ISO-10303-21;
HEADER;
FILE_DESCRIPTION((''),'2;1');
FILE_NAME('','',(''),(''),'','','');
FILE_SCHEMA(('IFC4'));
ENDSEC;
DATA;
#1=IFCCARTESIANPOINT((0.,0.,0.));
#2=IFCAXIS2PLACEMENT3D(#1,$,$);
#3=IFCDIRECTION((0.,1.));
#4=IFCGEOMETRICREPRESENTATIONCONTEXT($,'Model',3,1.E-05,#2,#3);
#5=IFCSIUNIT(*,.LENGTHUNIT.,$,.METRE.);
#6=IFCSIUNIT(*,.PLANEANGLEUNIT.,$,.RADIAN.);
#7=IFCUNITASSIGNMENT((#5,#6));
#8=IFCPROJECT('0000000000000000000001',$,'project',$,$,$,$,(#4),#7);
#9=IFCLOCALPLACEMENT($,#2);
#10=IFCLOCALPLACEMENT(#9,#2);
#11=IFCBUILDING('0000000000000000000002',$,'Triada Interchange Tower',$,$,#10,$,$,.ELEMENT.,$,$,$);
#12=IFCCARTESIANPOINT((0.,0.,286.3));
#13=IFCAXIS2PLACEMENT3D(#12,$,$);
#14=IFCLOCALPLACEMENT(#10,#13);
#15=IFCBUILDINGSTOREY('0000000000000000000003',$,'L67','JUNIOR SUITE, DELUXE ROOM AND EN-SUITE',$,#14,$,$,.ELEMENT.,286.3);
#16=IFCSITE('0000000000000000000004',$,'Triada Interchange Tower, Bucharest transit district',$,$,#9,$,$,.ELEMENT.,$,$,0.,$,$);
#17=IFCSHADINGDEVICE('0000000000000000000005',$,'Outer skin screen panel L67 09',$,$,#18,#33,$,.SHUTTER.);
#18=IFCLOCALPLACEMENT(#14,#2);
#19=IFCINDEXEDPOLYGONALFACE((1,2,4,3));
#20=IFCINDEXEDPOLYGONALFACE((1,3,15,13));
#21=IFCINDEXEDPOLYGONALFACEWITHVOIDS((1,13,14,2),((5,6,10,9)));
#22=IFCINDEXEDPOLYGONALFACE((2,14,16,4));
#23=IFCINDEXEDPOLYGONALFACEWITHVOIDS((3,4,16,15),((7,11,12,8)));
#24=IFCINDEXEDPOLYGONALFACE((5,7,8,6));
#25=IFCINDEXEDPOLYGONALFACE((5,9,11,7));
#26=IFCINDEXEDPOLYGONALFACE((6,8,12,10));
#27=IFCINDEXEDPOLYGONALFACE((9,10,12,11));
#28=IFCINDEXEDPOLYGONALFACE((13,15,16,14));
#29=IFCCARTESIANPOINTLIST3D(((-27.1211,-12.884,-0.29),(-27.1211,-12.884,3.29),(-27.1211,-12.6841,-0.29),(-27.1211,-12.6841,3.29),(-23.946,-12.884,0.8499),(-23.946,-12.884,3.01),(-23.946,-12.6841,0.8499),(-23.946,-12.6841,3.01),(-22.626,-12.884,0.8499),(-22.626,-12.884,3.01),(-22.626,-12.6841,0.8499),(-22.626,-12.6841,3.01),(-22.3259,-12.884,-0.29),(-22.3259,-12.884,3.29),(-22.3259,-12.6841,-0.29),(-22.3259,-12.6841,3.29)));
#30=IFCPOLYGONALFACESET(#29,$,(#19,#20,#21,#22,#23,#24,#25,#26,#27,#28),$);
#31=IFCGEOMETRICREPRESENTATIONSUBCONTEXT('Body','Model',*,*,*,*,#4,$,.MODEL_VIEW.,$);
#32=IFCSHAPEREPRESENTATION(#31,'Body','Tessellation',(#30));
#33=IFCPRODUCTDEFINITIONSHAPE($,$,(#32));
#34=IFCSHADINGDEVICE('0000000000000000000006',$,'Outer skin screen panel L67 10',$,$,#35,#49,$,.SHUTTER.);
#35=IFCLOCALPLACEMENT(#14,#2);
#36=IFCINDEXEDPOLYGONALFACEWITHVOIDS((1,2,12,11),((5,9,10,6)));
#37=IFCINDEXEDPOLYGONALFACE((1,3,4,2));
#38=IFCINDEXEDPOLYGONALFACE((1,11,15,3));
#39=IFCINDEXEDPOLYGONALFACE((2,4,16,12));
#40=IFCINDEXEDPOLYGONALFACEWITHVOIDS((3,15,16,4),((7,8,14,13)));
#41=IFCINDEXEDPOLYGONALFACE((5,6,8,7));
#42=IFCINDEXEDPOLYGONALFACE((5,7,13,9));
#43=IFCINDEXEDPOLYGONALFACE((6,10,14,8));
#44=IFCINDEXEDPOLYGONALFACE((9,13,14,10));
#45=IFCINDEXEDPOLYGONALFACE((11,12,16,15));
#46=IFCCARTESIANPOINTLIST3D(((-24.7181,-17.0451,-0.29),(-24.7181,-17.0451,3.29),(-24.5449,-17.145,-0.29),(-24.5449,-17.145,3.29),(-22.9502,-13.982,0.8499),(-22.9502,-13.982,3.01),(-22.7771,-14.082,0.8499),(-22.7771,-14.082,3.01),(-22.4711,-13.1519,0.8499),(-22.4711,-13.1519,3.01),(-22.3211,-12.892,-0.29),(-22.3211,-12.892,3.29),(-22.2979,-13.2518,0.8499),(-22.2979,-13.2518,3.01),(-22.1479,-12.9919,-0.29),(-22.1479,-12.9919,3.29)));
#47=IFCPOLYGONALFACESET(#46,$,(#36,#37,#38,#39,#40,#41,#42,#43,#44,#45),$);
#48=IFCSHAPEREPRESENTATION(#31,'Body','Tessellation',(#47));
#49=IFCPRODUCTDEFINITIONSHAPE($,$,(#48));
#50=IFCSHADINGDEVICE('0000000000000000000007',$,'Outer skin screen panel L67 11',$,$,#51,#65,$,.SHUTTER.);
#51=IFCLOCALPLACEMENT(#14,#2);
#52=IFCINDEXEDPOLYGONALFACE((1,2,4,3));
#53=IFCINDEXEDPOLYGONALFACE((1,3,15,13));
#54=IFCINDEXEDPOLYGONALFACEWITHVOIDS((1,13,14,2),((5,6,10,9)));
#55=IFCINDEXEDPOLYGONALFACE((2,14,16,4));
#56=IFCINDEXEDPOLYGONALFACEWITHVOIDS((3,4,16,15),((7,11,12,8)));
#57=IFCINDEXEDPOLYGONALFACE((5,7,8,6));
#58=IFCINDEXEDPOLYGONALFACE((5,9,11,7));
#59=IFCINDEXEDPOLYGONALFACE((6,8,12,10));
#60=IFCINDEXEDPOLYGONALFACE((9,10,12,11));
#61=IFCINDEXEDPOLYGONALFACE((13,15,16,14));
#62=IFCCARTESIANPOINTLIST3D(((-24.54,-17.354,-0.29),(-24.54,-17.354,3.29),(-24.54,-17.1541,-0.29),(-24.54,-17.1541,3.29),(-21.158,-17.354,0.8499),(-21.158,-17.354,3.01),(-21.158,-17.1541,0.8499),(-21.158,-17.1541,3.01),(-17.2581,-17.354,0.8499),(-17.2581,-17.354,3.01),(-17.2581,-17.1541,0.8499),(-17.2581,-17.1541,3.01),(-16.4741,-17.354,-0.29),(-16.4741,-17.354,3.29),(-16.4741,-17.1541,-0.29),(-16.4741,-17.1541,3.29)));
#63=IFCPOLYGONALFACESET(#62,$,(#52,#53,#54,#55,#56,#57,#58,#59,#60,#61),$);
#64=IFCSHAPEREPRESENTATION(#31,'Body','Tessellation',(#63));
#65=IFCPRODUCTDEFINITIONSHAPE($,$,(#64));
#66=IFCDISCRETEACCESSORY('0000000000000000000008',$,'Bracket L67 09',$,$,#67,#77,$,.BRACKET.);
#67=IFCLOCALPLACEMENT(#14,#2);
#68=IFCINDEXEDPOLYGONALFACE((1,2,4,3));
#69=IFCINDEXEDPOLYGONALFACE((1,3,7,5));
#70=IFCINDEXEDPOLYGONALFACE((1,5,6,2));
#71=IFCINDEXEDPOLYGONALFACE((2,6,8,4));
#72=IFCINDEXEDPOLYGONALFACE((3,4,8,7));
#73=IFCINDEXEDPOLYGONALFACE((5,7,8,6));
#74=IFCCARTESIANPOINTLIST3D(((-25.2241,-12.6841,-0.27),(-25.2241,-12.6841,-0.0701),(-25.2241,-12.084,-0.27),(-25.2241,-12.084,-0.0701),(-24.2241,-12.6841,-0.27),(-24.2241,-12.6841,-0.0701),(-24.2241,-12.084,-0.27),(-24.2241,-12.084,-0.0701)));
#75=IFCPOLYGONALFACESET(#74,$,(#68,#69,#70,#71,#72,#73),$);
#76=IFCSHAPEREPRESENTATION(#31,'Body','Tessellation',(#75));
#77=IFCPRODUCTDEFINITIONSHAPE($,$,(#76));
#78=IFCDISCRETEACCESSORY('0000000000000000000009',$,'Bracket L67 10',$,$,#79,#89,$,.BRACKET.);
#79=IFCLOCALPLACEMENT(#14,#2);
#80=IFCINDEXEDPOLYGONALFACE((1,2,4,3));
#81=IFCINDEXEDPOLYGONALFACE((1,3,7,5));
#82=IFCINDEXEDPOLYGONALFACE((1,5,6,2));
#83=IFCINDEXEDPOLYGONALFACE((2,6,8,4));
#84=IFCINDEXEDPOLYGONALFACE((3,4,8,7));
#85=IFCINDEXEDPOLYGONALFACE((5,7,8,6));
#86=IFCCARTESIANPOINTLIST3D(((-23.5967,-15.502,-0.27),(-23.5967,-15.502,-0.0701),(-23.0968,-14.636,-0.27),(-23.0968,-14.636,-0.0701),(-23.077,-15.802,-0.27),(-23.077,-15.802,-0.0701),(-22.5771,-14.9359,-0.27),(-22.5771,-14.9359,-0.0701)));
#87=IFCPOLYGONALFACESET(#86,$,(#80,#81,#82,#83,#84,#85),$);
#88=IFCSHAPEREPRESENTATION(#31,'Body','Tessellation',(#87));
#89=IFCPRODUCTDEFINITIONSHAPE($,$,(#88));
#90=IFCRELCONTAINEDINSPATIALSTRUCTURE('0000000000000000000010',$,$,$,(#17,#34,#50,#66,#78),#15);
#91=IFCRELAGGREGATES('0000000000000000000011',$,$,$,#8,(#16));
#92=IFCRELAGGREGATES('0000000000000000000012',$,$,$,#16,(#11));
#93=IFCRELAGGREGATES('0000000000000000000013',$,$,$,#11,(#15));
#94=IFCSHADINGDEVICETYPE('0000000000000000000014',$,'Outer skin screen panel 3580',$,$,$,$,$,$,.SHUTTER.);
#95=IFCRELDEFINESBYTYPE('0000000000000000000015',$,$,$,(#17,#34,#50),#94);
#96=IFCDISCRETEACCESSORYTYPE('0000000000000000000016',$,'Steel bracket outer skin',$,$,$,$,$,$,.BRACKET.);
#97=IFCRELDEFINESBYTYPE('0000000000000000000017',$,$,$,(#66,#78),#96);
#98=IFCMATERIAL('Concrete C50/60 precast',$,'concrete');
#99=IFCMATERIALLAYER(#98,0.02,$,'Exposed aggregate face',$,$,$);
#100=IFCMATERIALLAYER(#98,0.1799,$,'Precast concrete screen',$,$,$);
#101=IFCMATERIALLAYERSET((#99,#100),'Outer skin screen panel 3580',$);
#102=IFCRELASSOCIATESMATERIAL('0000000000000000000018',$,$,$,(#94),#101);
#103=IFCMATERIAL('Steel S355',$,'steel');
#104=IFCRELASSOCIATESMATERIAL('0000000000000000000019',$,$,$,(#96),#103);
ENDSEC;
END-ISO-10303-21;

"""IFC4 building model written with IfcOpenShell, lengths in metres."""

from ifc_helpers import new_model, si_unit, direction, frame, origin, origin_2d, place, context, subcontext, project, spatial, polyline, rectangle, outline, extrude, material, layer, layer_set, type_object, element, save


model = new_model("IFC4")

# Units and contexts
model_context = context("Model", 3, precision=1e-05, world=origin(), true_north=direction((0.0, 1.0)))
body_context = subcontext(model_context, "Body", "Model", "MODEL_VIEW")
ifc_project = project(units=[si_unit("LENGTHUNIT", "METRE"), si_unit("PLANEANGLEUNIT", "RADIAN")], contexts=[model_context])

# Site, building, storey
site_placement = place(None, origin())
site = spatial("IfcSite", under=ifc_project, at=site_placement, Name="Triada Interchange Tower, Bucharest transit district", CompositionType="ELEMENT", RefElevation=0.0)
building_placement = place(site_placement, origin())
building = spatial("IfcBuilding", under=site, at=building_placement, Name="Triada Interchange Tower", CompositionType="ELEMENT")
storey_placement = place(building_placement, frame((0.0, 0.0, 286.3)))
storey = spatial("IfcBuildingStorey", under=building, at=storey_placement, Name="L67", Description="JUNIOR SUITE, DELUXE ROOM AND EN-SUITE", CompositionType="ELEMENT", Elevation=286.3)

# Shading devices
ifc_material_1 = material(Name="Concrete C50/60 precast", Category="concrete")
ifc_layer_1 = layer(ifc_material_1, 0.02, Name="Exposed aggregate face")
ifc_layer_2 = layer(ifc_material_1, 0.1799, Name="Precast concrete screen")
ifc_layer_set_1 = layer_set([ifc_layer_1, ifc_layer_2], Name="Outer skin screen panel 3580")
shading_device_type = type_object("IfcShadingDeviceType", Name="Outer skin screen panel 3580", PredefinedType="SHUTTER", material=ifc_layer_set_1)
shading_device_1_placement = place(storey_placement, frame((-27.1211, -12.6841, -0.29), z_axis=(0.0, 0.0, 1.0), x_axis=(1.0, 0.0, 0.0)))
element("IfcShadingDevice", 1, at=shading_device_1_placement, inside=storey, type_object=shading_device_type, Name="Outer skin screen panel L67 09", PredefinedType="SHUTTER", context=body_context, shape_type="SweptSolid", body=[
    extrude(outline(polyline([(0.0, 0.0), (4.7952, 0.0), (4.7952, 3.5801), (0.0, 3.5801), (0.0, 0.0)]), holes=[polyline([(3.175, 1.1399), (3.175, 3.3), (4.4951, 3.3), (4.4951, 1.1399), (3.175, 1.1399)])]), frame((0.0, 0.0, 0.0), z_axis=(0.0, -1.0, 0.0), x_axis=(1.0, 0.0, 0.0)), (0.0, 0.0, 1.0), 0.2),
])
shading_device_2_placement = place(storey_placement, frame((-22.1479, -12.9919, -0.29), z_axis=(0.0, 0.0, 1.0), x_axis=(-0.499874, -0.866098, 0.0)))
element("IfcShadingDevice", 2, at=shading_device_2_placement, inside=storey, type_object=shading_device_type, Name="Outer skin screen panel L67 10", PredefinedType="SHUTTER", context=body_context, shape_type="SweptSolid", body=[
    extrude(outline(polyline([(0.0, 0.0), (4.7952, 0.0), (4.7952, 3.5801), (0.0, 3.5801), (0.0, 0.0)]), holes=[polyline([(0.3, 1.1399), (0.3, 3.3), (1.2585, 3.3), (1.2585, 1.1399), (0.3, 1.1399)])]), frame((0.0, 0.0, 0.0), z_axis=(0.0, -1.0, 0.0), x_axis=(1.0, 0.0, 0.0)), (0.0, 0.0, 1.0), 0.2),
])
shading_device_3_placement = place(storey_placement, frame((-24.54, -17.1541, -0.29), z_axis=(0.0, 0.0, 1.0), x_axis=(1.0, 0.0, 0.0)))
element("IfcShadingDevice", 3, at=shading_device_3_placement, inside=storey, type_object=shading_device_type, Name="Outer skin screen panel L67 11", PredefinedType="SHUTTER", context=body_context, shape_type="SweptSolid", body=[
    extrude(outline(polyline([(0.0, 0.0), (8.0659, 0.0), (8.0659, 3.5801), (0.0, 3.5801), (0.0, 0.0)]), holes=[polyline([(3.3821, 1.1399), (3.3821, 3.3), (7.282, 3.3), (7.282, 1.1399), (3.3821, 1.1399)])]), frame((0.0, 0.0, 0.0), z_axis=(0.0, -1.0, 0.0), x_axis=(1.0, 0.0, 0.0)), (0.0, 0.0, 1.0), 0.2),
])

# Discrete accessories
ifc_material_2 = material(Name="Steel S355", Category="steel")
discrete_accessory_type = type_object("IfcDiscreteAccessoryType", Name="Steel bracket outer skin", PredefinedType="BRACKET", material=ifc_material_2)
for number, where, z_axis, x_axis, name in (
    (4, (-24.7241, -12.384, -0.27), (0.0, 0.0, 1.0), (0.0, -1.0, 0.0), "Bracket L67 09"),
    (5, (-23.0869, -15.219, -0.27), (0.0, 0.0, 1.0), (-0.866089, 0.49989, 0.0), "Bracket L67 10"),
):
    element("IfcDiscreteAccessory", number, at=place(storey_placement, frame(where, z_axis=z_axis, x_axis=x_axis)), inside=storey, type_object=discrete_accessory_type, Name=name, PredefinedType="BRACKET", context=body_context, shape_type="SweptSolid", body=[
        extrude(rectangle(XDim=0.6001, YDim=1.0, at=origin_2d()), origin(), (0.0, 0.0, 1.0), 0.2),
    ])

save(model, "model.ifc")
